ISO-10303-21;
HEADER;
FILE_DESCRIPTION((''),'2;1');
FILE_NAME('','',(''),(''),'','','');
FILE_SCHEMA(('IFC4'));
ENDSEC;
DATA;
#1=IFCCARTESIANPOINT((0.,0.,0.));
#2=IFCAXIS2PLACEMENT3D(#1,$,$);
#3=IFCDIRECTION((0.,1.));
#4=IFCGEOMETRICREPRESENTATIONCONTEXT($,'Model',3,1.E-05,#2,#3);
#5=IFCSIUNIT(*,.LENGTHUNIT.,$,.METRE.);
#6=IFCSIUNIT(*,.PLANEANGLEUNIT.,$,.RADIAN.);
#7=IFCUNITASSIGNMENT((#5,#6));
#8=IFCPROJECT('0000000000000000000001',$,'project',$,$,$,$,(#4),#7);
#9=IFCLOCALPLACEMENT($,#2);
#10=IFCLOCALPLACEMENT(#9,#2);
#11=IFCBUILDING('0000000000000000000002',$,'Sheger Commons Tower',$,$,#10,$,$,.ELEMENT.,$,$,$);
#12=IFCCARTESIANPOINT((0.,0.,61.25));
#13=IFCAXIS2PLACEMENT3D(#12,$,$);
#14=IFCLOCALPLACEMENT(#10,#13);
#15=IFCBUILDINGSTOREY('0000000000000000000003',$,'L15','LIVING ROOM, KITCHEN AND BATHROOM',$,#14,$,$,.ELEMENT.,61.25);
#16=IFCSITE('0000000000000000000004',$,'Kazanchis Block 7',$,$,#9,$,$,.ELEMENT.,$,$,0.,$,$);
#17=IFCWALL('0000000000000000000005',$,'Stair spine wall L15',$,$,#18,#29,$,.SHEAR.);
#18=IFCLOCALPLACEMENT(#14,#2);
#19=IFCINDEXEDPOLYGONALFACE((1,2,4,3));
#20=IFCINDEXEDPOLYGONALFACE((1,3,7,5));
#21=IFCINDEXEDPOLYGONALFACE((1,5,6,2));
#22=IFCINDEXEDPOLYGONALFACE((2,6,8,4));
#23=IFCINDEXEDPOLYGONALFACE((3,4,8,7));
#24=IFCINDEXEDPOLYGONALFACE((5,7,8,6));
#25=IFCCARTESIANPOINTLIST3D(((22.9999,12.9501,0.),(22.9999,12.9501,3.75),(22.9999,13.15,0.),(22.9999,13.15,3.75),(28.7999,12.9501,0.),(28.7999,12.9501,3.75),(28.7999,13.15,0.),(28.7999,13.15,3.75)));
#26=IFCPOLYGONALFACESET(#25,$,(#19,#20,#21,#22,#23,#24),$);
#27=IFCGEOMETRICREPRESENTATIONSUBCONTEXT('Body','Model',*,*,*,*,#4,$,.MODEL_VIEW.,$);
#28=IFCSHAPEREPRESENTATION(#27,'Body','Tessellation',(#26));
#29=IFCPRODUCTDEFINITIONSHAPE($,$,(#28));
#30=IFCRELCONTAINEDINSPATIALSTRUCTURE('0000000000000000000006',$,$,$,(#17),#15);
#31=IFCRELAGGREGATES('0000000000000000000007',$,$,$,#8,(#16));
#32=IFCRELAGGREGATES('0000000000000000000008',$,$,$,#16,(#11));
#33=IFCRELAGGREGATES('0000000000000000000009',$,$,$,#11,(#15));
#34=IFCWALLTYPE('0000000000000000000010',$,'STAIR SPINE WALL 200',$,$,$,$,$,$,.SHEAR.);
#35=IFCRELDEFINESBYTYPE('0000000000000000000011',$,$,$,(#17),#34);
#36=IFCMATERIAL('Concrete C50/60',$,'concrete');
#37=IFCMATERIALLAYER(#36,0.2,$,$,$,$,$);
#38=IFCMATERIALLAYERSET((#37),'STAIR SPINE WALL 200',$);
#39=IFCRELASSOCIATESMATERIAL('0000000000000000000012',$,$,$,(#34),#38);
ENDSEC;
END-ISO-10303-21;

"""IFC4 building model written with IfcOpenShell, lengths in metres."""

from ifc_helpers import new_model, si_unit, direction, frame, frame_2d, origin, place, context, subcontext, project, spatial, rectangle, extrude, material, layer, layer_set, type_object, element, save


model = new_model("IFC4")

# Units and contexts
model_context = context("Model", 3, precision=1e-05, world=origin(), true_north=direction((0.0, 1.0)))
body_context = subcontext(model_context, "Body", "Model", "MODEL_VIEW")
ifc_project = project(units=[si_unit("LENGTHUNIT", "METRE"), si_unit("PLANEANGLEUNIT", "RADIAN")], contexts=[model_context])

# Site, building, storey
site_placement = place(None, origin())
site = spatial("IfcSite", under=ifc_project, at=site_placement, Name="Kazanchis Block 7", CompositionType="ELEMENT", RefElevation=0.0)
building_placement = place(site_placement, origin())
building = spatial("IfcBuilding", under=site, at=building_placement, Name="Sheger Commons Tower", CompositionType="ELEMENT")
storey_placement = place(building_placement, frame((0.0, 0.0, 61.25)))
storey = spatial("IfcBuildingStorey", under=building, at=storey_placement, Name="L15", Description="LIVING ROOM, KITCHEN AND BATHROOM", CompositionType="ELEMENT", Elevation=61.25)

# Wall
ifc_material_1 = material(Name="Concrete C50/60", Category="concrete")
ifc_layer_1 = layer(ifc_material_1, 0.2)
ifc_layer_set_1 = layer_set([ifc_layer_1], Name="STAIR SPINE WALL 200")
wall_type_1 = type_object("IfcWallType", Name="STAIR SPINE WALL 200", PredefinedType="SHEAR", material=ifc_layer_set_1)
wall_1_placement = place(storey_placement, frame((23.0, 13.05, 0.0), z_axis=(0.0, 0.0, 1.0), x_axis=(1.0, 0.0, 0.0)))
element("IfcWall", 1, at=wall_1_placement, inside=storey, type_object=wall_type_1, Name="Stair spine wall L15", PredefinedType="SHEAR", context=body_context, shape_type="SweptSolid", body=[
    extrude(rectangle(XDim=5.8, YDim=0.2, at=frame_2d((2.8999, 0.0))), origin(), (0.0, 0.0, 1.0), 3.75),
])

save(model, "model.ifc")
